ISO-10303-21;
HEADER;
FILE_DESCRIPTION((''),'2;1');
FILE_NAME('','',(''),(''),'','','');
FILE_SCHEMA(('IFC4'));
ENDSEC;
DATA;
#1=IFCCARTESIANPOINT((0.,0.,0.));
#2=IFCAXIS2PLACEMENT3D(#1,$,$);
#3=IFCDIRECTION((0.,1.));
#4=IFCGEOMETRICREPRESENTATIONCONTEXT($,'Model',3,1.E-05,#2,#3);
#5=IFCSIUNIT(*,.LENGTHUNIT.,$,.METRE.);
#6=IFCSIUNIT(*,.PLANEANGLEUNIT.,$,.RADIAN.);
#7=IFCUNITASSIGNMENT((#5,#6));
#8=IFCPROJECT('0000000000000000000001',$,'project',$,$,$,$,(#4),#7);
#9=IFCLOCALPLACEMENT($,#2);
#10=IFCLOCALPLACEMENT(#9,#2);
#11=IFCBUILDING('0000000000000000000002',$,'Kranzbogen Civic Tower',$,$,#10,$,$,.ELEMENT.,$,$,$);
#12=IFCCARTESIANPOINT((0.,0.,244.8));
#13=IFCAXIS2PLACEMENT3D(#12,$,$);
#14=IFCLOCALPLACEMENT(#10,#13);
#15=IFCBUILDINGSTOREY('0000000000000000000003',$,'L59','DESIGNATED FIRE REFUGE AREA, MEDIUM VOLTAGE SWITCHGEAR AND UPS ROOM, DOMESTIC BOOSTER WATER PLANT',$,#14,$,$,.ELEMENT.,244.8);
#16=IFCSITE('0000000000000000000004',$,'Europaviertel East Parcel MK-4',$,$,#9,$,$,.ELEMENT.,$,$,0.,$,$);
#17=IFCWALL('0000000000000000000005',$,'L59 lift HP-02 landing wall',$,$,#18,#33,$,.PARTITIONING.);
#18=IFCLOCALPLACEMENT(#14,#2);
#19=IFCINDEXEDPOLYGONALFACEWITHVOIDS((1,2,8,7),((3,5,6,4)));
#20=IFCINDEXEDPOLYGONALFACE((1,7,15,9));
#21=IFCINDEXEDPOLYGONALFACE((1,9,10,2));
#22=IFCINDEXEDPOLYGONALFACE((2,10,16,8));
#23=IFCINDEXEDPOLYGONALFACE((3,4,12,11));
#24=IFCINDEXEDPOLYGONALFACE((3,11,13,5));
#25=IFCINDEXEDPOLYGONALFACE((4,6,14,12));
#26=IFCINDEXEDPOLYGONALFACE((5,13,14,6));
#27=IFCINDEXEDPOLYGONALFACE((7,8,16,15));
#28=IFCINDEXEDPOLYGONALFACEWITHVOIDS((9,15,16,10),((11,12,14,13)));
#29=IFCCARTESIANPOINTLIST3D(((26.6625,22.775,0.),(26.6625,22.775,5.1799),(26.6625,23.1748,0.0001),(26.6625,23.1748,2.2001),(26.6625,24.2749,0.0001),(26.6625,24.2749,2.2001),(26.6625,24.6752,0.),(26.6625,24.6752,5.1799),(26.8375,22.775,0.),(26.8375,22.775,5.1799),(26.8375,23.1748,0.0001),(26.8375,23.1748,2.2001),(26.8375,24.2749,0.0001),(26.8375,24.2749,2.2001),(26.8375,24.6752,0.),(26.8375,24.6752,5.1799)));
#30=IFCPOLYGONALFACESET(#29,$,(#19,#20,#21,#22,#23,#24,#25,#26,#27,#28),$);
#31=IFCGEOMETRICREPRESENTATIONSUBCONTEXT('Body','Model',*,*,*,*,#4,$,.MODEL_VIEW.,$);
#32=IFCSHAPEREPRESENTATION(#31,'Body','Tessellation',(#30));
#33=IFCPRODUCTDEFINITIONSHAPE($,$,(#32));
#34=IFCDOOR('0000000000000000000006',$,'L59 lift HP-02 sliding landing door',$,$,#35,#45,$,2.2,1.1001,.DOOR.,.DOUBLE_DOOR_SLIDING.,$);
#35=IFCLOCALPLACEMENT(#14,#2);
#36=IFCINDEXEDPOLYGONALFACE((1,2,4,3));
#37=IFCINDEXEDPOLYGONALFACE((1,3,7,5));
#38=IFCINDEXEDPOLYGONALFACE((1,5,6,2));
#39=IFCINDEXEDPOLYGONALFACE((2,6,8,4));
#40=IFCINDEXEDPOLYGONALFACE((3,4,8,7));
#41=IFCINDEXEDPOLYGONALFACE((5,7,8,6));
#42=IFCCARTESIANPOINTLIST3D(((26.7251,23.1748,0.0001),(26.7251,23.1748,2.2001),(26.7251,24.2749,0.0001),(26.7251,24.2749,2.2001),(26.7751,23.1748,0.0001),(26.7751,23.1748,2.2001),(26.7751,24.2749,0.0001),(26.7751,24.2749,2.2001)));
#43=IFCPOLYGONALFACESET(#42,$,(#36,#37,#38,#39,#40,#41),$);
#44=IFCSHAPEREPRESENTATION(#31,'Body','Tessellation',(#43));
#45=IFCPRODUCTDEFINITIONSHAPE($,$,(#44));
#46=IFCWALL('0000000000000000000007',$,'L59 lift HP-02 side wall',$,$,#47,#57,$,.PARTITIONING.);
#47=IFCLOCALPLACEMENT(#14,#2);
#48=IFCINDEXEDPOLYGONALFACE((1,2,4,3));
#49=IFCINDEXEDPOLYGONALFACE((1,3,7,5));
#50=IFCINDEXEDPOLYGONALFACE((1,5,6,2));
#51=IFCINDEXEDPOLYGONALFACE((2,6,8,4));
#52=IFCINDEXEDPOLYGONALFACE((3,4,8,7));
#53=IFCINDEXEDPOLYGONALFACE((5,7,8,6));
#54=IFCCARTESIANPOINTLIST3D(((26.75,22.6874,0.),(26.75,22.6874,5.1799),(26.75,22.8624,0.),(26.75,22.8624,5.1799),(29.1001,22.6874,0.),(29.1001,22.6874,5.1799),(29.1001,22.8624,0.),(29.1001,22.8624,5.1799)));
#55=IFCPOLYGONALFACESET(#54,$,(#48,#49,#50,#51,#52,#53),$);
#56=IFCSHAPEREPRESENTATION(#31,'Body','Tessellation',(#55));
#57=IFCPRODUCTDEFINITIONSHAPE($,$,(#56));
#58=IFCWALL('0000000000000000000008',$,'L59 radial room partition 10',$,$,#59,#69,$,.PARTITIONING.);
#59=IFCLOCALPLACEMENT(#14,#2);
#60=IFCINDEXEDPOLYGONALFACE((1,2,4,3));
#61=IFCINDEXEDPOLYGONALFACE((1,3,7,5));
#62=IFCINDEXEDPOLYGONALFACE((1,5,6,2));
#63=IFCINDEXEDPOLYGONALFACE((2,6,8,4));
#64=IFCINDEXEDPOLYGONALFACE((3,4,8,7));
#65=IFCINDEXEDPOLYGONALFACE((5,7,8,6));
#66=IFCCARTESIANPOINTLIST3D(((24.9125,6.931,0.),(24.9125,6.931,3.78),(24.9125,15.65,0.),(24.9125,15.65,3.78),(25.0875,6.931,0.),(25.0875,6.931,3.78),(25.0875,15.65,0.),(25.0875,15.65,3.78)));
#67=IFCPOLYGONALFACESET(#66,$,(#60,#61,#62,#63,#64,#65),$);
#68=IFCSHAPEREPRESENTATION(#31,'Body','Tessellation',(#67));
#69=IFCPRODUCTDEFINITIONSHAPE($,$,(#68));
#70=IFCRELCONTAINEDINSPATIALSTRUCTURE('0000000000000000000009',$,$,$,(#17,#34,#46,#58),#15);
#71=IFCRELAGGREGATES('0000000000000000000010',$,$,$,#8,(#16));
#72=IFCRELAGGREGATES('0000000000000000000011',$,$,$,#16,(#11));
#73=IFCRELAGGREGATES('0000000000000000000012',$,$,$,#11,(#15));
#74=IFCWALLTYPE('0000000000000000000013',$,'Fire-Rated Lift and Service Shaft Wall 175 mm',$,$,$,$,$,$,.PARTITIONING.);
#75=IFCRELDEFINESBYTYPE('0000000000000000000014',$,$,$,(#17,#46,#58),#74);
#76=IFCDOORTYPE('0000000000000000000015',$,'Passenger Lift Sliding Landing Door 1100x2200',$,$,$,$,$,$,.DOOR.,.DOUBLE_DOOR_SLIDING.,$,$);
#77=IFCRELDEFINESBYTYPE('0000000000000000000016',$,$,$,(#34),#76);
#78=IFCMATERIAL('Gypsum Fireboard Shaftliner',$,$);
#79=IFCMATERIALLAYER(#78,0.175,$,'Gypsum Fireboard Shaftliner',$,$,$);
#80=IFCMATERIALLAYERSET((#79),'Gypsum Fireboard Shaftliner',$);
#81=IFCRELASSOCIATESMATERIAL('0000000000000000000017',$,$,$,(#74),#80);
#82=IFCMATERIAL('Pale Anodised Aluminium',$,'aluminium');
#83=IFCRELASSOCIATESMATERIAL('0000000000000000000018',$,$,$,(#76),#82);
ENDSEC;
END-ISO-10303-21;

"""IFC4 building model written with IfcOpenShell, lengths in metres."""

from ifc_helpers import new_model, si_unit, direction, frame, frame_2d, origin, place, context, subcontext, project, spatial, rectangle, extrude, material, layer, layer_set, type_object, element, fill, save


model = new_model("IFC4")

# Units and contexts
model_context = context("Model", 3, precision=1e-05, world=origin(), true_north=direction((0.0, 1.0)))
body_context = subcontext(model_context, "Body", "Model", "MODEL_VIEW")
ifc_project = project(units=[si_unit("LENGTHUNIT", "METRE"), si_unit("PLANEANGLEUNIT", "RADIAN")], contexts=[model_context])

# Site, building, storey
site_placement = place(None, origin())
site = spatial("IfcSite", under=ifc_project, at=site_placement, Name="Europaviertel East Parcel MK-4", CompositionType="ELEMENT", RefElevation=0.0)
building_placement = place(site_placement, origin())
building = spatial("IfcBuilding", under=site, at=building_placement, Name="Kranzbogen Civic Tower", CompositionType="ELEMENT")
storey_placement = place(building_placement, frame((0.0, 0.0, 244.8)))
storey = spatial("IfcBuildingStorey", under=building, at=storey_placement, Name="L59", Description="DESIGNATED FIRE REFUGE AREA, MEDIUM VOLTAGE SWITCHGEAR AND UPS ROOM, DOMESTIC BOOSTER WATER PLANT", CompositionType="ELEMENT", Elevation=244.8)

# Shared definitions
ifc_material_1 = material(Name="Gypsum Fireboard Shaftliner")
ifc_layer_1 = layer(ifc_material_1, 0.175, Name="Gypsum Fireboard Shaftliner")
ifc_layer_set_1 = layer_set([ifc_layer_1], Name="Gypsum Fireboard Shaftliner")
wall_type_1 = type_object("IfcWallType", Name="Fire-Rated Lift and Service Shaft Wall 175 mm", PredefinedType="PARTITIONING", material=ifc_layer_set_1)
ifc_material_2 = material(Name="Pale Anodised Aluminium", Category="aluminium")
door_type_1 = type_object("IfcDoorType", Name="Passenger Lift Sliding Landing Door 1100x2200", OperationType="DOUBLE_DOOR_SLIDING", PredefinedType="DOOR", material=ifc_material_2)

# Wall, opening, door
wall_1_placement = place(storey_placement, frame((26.75, 22.7749, 0.0), z_axis=(0.0, 0.0, 1.0), x_axis=(0.0, 1.0, 0.0)))
wall_1 = element("IfcWall", 1, at=wall_1_placement, inside=storey, type_object=wall_type_1, Name="L59 lift HP-02 landing wall", PredefinedType="PARTITIONING", context=body_context, shape_type="SweptSolid", body=[
    extrude(rectangle(XDim=1.9001, YDim=0.175, at=frame_2d((0.9502, 0.0))), origin(), (0.0, 0.0, 1.0), 5.1799),
])
opening_1_placement = place(wall_1_placement, frame((0.3999, 0.0, 0.0)))
opening_1 = element("IfcOpeningElement", 2, at=opening_1_placement, cuts=wall_1, PredefinedType="OPENING", context=body_context, shape_type="SweptSolid", body=[
    extrude(rectangle(XDim=1.1001, YDim=2.2, at=frame_2d((0.55, 1.1001))), frame((0.0, 0.0977, 0.0), z_axis=(0.0, -1.0, 0.0), x_axis=(1.0, 0.0, 0.0)), (0.0, 0.0, 1.0), 0.1951),
])
door_1_placement = place(opening_1_placement, origin())
door_1 = element("IfcDoor", 3, at=door_1_placement, inside=storey, type_object=door_type_1, Name="L59 lift HP-02 sliding landing door", OperationType="DOUBLE_DOOR_SLIDING", OverallHeight=2.2, OverallWidth=1.1001, PredefinedType="DOOR", context=body_context, shape_type="SweptSolid", body=[
    extrude(rectangle(XDim=1.1001, YDim=2.2, at=frame_2d((0.55, 1.1001))), frame((0.0, 0.0249, 0.0), z_axis=(0.0, -1.0, 0.0), x_axis=(1.0, 0.0, 0.0)), (0.0, 0.0, 1.0), 0.05),
])
fill(opening_1, door_1)

# Walls
wall_2_placement = place(storey_placement, frame((26.75, 22.7749, 0.0), z_axis=(0.0, 0.0, 1.0), x_axis=(1.0, 0.0, 0.0)))
element("IfcWall", 4, at=wall_2_placement, inside=storey, type_object=wall_type_1, Name="L59 lift HP-02 side wall", PredefinedType="PARTITIONING", context=body_context, shape_type="SweptSolid", body=[
    extrude(rectangle(XDim=2.3501, YDim=0.175, at=frame_2d((1.175, 0.0))), origin(), (0.0, 0.0, 1.0), 5.1799),
])
wall_3_placement = place(storey_placement, frame((25.0, 15.6499, 0.0), z_axis=(0.0, 0.0, 1.0), x_axis=(0.0, -1.0, 0.0)))
element("IfcWall", 5, at=wall_3_placement, inside=storey, type_object=wall_type_1, Name="L59 radial room partition 10", PredefinedType="PARTITIONING", context=body_context, shape_type="SweptSolid", body=[
    extrude(rectangle(XDim=8.719, YDim=0.175, at=frame_2d((4.3594, 0.0))), origin(), (0.0, 0.0, 1.0), 3.78),
])

save(model, "model.ifc")
